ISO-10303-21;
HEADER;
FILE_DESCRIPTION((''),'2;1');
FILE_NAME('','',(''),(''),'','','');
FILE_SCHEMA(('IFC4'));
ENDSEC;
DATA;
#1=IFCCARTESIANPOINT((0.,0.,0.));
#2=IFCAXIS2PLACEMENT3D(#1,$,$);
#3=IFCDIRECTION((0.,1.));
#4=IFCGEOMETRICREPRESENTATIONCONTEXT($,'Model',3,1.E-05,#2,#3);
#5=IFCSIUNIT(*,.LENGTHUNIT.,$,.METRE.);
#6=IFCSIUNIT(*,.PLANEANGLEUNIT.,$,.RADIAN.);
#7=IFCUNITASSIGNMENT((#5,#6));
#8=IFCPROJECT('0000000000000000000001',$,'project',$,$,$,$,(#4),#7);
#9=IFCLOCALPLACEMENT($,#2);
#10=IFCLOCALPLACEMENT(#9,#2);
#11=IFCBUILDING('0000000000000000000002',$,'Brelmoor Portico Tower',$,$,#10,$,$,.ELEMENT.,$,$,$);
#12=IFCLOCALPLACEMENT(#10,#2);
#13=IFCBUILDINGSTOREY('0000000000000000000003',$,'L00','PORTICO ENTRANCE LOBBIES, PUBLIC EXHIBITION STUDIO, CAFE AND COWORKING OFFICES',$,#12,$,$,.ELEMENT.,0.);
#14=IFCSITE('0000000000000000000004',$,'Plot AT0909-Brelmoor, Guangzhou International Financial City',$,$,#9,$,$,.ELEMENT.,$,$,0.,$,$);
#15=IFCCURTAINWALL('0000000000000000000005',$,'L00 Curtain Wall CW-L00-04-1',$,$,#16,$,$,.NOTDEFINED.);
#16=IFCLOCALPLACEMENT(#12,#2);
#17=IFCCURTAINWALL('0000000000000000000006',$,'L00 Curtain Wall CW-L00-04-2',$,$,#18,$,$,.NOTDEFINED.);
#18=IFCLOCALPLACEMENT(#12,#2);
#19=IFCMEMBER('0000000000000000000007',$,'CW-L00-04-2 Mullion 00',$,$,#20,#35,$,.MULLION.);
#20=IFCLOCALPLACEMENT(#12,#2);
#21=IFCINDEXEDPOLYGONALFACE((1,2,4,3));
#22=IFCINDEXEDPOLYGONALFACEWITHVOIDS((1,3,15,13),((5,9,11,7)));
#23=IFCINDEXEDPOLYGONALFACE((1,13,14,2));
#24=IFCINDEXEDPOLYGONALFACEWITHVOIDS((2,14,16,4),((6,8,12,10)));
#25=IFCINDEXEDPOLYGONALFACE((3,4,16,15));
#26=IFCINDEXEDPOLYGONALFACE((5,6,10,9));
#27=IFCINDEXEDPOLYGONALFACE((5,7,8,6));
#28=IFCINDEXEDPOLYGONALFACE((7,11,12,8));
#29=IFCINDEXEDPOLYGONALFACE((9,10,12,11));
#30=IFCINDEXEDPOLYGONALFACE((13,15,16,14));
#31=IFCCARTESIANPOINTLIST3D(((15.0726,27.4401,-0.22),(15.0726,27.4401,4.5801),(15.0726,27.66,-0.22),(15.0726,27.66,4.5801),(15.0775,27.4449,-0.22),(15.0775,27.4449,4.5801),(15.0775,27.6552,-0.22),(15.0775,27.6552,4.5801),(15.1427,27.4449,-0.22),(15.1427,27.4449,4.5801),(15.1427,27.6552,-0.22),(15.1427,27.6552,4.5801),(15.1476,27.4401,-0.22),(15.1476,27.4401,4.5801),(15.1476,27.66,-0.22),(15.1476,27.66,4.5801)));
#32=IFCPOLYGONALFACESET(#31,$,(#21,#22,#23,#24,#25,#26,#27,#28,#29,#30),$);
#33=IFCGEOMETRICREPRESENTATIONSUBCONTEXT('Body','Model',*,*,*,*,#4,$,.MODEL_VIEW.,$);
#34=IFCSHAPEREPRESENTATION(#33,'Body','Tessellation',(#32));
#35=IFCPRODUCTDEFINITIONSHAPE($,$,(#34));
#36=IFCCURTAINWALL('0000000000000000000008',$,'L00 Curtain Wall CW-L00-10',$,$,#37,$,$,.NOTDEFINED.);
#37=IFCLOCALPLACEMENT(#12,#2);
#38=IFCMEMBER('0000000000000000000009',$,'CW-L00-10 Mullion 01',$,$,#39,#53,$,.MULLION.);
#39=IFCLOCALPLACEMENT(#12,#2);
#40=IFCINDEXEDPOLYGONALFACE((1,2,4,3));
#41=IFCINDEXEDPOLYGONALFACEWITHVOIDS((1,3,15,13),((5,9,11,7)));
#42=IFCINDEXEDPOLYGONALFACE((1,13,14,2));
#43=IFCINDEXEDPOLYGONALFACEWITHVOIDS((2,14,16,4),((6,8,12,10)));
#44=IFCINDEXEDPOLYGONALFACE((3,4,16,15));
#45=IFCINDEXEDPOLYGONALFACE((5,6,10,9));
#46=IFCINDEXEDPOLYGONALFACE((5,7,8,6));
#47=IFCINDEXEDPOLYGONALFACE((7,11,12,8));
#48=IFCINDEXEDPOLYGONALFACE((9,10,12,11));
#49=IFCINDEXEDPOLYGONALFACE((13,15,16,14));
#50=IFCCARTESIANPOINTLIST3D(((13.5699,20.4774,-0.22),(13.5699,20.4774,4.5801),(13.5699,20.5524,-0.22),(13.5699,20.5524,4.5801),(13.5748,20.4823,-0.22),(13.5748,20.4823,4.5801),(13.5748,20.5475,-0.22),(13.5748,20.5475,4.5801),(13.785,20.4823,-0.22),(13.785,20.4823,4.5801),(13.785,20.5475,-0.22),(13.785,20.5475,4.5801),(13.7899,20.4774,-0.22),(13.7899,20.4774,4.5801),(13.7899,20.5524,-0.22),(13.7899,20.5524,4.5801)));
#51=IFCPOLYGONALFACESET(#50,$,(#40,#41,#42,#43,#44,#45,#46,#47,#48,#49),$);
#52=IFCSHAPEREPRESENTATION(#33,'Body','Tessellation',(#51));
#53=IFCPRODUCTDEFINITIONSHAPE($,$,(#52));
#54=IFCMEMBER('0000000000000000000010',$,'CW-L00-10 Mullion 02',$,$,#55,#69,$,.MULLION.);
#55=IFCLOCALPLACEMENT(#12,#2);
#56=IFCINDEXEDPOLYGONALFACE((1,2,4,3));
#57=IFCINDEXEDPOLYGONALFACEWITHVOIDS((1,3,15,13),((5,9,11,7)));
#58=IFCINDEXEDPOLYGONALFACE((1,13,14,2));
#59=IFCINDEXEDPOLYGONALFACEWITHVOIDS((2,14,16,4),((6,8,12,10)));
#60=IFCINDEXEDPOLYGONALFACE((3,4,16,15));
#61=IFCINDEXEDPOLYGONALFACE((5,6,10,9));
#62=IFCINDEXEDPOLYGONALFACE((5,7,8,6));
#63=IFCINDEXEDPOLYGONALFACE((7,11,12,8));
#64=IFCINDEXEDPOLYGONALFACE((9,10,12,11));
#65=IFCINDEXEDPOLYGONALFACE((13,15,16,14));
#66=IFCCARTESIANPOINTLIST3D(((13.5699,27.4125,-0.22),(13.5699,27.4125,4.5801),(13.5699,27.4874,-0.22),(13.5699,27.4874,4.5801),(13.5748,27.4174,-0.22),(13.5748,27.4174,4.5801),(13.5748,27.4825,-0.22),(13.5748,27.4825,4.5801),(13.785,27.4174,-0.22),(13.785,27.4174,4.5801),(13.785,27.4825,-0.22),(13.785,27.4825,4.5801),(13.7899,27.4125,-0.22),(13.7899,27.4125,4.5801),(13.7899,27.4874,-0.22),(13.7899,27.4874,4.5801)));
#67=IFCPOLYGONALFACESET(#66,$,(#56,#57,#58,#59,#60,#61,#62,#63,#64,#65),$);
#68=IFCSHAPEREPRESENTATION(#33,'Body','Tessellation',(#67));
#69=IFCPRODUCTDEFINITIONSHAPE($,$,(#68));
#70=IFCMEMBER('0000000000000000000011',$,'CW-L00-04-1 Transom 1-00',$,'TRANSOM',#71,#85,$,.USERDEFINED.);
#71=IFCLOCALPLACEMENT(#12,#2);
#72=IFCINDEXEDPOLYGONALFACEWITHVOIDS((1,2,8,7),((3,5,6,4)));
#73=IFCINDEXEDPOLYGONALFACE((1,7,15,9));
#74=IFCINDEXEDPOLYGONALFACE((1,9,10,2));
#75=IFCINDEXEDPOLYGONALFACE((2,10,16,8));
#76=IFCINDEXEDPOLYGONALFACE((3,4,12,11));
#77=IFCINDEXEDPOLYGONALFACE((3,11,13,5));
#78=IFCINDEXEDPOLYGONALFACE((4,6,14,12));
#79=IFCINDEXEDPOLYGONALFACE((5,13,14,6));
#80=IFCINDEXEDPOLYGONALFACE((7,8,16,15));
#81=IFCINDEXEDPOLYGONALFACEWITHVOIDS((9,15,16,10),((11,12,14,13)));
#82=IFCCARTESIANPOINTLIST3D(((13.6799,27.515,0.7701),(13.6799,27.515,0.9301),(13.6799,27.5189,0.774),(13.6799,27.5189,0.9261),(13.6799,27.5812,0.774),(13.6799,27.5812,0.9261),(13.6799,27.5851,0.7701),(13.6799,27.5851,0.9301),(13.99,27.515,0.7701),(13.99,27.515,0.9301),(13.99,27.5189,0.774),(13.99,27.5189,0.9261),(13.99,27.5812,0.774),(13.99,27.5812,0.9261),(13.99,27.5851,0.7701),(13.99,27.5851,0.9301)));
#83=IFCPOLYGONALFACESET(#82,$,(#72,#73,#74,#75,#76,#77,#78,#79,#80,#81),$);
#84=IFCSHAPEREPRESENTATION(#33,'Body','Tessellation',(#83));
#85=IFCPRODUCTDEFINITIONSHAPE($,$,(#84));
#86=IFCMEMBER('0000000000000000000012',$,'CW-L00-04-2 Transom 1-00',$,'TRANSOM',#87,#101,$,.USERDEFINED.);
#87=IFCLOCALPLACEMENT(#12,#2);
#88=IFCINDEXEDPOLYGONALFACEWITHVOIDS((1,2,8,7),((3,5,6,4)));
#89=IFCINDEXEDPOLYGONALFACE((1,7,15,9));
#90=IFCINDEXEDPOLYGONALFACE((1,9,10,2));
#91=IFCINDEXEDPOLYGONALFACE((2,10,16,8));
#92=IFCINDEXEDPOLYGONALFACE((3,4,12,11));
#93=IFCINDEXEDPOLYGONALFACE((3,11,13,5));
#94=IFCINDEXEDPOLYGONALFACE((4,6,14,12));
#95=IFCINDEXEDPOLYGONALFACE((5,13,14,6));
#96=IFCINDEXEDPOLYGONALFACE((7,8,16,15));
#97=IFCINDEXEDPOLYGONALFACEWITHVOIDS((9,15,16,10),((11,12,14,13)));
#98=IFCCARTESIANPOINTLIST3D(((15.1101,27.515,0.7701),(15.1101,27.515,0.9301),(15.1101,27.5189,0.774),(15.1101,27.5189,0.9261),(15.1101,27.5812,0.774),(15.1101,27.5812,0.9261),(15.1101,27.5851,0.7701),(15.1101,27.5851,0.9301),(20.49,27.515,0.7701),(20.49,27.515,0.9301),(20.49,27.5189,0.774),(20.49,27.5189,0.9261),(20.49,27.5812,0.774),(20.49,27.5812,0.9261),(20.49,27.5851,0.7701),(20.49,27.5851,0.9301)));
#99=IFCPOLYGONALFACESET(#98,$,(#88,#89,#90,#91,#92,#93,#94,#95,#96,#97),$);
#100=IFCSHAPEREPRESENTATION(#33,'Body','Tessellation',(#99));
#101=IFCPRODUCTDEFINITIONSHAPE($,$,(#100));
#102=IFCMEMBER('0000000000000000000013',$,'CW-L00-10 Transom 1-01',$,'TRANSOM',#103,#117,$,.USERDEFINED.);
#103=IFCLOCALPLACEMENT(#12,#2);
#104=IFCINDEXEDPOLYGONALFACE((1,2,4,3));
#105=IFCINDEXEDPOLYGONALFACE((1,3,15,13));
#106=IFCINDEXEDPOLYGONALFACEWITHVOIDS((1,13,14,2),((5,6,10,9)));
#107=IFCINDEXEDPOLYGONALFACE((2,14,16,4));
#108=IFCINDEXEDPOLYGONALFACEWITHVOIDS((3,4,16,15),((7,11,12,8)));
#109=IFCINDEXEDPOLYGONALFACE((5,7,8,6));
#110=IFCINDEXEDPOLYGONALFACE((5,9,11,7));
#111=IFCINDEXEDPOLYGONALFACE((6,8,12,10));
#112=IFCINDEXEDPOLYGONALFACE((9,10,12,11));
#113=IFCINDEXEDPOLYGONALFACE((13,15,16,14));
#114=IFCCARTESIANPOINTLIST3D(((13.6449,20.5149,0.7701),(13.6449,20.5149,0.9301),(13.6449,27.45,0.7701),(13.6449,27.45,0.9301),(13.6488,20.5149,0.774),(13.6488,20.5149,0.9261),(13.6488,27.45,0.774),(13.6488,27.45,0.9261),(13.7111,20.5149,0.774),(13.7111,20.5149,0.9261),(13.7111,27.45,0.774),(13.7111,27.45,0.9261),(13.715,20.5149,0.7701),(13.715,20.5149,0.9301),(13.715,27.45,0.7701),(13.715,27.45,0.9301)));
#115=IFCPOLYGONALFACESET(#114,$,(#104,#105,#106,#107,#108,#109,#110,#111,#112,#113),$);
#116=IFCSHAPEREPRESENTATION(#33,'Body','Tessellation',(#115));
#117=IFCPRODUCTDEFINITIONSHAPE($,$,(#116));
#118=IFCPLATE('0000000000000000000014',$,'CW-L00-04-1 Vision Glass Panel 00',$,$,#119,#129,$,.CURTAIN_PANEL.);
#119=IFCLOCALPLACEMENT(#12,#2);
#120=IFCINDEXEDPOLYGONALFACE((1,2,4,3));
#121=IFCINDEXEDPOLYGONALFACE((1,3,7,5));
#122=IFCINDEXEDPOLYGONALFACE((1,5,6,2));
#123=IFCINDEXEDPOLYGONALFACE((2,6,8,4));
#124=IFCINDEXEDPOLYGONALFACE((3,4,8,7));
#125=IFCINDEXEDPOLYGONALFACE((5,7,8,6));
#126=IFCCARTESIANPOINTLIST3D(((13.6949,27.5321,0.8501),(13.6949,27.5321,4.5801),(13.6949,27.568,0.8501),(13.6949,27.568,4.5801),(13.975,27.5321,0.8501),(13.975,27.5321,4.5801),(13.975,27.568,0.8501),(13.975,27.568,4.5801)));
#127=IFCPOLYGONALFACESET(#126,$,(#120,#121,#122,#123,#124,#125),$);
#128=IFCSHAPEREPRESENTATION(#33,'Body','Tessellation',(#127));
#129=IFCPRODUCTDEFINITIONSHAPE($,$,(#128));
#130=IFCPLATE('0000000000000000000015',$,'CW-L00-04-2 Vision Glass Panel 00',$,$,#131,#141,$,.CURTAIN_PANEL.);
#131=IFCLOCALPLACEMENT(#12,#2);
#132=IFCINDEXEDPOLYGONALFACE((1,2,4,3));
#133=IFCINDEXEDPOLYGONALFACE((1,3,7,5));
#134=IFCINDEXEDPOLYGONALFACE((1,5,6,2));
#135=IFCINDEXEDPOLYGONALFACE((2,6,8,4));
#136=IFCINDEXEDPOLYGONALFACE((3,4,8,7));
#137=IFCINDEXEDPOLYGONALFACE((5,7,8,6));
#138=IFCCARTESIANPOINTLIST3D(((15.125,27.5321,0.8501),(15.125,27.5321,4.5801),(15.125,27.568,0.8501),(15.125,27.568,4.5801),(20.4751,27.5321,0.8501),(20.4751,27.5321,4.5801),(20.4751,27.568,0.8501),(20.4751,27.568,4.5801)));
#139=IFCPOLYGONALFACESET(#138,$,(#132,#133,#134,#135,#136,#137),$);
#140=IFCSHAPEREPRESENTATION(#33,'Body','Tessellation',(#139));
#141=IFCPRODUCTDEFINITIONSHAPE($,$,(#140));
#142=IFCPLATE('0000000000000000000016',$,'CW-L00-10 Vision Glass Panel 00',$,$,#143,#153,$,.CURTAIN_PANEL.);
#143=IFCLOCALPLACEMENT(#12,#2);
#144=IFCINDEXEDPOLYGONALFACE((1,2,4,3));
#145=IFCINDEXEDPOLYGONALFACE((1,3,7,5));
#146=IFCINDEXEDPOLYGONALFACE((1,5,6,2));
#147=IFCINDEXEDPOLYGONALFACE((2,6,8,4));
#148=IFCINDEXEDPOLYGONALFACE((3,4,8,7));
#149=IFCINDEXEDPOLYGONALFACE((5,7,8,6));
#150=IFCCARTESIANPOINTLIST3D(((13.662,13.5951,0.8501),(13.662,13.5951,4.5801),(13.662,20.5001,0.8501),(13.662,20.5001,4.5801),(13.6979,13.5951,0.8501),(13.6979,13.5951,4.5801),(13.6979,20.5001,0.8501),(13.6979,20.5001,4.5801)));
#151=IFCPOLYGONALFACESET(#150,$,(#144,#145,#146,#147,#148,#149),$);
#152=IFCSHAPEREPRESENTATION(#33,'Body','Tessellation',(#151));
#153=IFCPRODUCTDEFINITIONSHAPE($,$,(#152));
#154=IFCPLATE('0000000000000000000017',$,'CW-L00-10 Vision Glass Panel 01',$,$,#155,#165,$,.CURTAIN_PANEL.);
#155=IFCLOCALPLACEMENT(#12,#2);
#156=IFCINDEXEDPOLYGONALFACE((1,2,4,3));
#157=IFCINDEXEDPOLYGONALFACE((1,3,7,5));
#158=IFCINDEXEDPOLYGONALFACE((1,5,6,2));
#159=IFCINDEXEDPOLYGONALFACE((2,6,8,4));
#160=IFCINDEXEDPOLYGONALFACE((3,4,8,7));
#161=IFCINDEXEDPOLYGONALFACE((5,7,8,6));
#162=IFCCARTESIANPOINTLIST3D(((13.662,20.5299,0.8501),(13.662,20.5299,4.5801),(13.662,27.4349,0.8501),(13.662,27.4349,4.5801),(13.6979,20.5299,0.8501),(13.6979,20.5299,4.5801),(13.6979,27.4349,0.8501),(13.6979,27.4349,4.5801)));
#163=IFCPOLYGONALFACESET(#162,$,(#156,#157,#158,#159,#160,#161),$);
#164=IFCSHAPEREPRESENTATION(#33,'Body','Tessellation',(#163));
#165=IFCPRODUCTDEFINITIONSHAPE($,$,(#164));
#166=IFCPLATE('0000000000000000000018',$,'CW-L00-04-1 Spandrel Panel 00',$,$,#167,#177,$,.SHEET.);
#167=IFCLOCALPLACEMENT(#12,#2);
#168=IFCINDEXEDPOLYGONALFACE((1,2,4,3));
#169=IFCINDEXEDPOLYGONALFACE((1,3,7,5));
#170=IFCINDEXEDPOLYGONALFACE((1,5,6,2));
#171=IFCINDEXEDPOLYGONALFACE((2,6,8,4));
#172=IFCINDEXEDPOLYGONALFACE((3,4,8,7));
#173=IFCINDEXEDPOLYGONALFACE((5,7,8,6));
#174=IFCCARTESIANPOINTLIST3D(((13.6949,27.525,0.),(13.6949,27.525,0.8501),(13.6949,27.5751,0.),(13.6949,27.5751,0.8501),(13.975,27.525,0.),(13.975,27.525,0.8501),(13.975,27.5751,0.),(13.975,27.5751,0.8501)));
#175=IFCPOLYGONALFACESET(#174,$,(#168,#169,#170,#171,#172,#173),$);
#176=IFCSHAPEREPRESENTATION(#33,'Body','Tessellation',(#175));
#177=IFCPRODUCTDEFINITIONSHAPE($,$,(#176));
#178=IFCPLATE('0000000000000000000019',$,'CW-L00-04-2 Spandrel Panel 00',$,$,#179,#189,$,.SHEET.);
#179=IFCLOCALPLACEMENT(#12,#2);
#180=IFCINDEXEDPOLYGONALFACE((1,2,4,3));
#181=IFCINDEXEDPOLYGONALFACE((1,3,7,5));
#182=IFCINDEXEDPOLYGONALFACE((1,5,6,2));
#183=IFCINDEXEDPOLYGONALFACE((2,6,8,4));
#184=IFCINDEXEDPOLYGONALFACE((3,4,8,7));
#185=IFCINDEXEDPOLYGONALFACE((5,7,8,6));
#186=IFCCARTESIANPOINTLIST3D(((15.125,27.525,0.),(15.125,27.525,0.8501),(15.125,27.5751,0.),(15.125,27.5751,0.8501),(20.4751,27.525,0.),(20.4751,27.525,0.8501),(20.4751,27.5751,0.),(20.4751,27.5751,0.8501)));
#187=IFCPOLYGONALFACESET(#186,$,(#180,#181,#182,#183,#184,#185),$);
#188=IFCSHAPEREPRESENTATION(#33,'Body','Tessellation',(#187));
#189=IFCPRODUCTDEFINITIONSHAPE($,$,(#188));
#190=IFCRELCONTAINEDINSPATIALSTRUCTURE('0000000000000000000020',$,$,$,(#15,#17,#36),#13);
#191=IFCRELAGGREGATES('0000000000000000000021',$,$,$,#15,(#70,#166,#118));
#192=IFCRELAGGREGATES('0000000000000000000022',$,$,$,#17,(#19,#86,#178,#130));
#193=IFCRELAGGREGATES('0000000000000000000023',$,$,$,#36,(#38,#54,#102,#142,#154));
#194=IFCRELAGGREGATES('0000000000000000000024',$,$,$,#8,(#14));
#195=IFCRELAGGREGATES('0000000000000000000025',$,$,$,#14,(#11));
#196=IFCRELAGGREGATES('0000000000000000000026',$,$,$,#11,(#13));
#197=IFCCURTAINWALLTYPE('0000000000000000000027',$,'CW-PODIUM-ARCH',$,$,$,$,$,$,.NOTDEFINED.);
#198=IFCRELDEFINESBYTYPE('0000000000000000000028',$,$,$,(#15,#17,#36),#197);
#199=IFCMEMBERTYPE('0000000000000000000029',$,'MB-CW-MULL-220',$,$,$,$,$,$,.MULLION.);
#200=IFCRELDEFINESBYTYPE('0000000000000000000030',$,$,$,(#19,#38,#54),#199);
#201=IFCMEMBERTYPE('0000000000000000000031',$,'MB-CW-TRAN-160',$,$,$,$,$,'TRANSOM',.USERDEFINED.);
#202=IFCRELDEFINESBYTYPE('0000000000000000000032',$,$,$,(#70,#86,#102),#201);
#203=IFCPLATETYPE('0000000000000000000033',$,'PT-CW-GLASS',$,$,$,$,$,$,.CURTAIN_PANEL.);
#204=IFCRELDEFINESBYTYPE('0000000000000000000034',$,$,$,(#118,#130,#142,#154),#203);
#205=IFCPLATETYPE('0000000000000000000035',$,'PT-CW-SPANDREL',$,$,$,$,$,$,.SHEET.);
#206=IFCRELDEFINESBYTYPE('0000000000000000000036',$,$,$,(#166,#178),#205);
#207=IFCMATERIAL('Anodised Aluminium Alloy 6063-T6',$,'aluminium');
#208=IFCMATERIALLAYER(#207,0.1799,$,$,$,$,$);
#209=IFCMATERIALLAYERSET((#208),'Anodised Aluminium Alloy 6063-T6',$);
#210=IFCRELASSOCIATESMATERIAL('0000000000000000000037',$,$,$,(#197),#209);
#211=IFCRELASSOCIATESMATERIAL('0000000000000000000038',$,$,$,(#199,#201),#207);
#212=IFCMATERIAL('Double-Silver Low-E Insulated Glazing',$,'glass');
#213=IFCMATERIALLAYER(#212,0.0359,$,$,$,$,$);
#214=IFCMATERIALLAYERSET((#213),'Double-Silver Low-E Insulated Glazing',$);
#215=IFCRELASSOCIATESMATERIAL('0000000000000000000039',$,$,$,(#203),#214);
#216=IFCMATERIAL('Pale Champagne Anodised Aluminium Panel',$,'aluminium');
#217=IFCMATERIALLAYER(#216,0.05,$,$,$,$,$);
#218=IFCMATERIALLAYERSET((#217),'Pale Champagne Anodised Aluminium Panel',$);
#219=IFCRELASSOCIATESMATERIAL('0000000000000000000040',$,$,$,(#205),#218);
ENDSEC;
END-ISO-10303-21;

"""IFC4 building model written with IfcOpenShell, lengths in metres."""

from ifc_helpers import new_model, si_unit, direction, frame, origin, origin_2d, place, context, subcontext, project, spatial, rectangle, hollow_rectangle, extrude, material, layer, layer_set, material_profile, profile_set, type_object, element, aggregate, save


model = new_model("IFC4")

# Units and contexts
model_context = context("Model", 3, precision=1e-05, world=origin(), true_north=direction((0.0, 1.0)))
body_context = subcontext(model_context, "Body", "Model", "MODEL_VIEW")
ifc_project = project(units=[si_unit("LENGTHUNIT", "METRE"), si_unit("PLANEANGLEUNIT", "RADIAN")], contexts=[model_context])

# Site, building, storey
site_placement = place(None, origin())
site = spatial("IfcSite", under=ifc_project, at=site_placement, Name="Plot AT0909-Brelmoor, Guangzhou International Financial City", CompositionType="ELEMENT", RefElevation=0.0)
building_placement = place(site_placement, origin())
building = spatial("IfcBuilding", under=site, at=building_placement, Name="Brelmoor Portico Tower", CompositionType="ELEMENT")
storey_placement = place(building_placement, origin())
storey = spatial("IfcBuildingStorey", under=building, at=storey_placement, Name="L00", Description="PORTICO ENTRANCE LOBBIES, PUBLIC EXHIBITION STUDIO, CAFE AND COWORKING OFFICES", CompositionType="ELEMENT", Elevation=0.0)

# Curtain wall
ifc_material_1 = material(Name="Anodised Aluminium Alloy 6063-T6", Category="aluminium")
ifc_layer_1 = layer(ifc_material_1, 0.1799)
ifc_layer_set_1 = layer_set([ifc_layer_1], Name="Anodised Aluminium Alloy 6063-T6")
curtain_wall_type = type_object("IfcCurtainWallType", Name="CW-PODIUM-ARCH", PredefinedType="NOTDEFINED", material=ifc_layer_set_1)
curtain_wall_1_placement = place(storey_placement, origin())
curtain_wall_1 = element("IfcCurtainWall", 1, at=curtain_wall_1_placement, inside=storey, type_object=curtain_wall_type, Name="L00 Curtain Wall CW-L00-04-1", PredefinedType="NOTDEFINED")
ifc_material_profile_1 = material_profile(ifc_material_1, hollow_rectangle(XDim=0.075, YDim=0.22, WallThickness=0.0049, at=origin_2d()), Name="ALU MULLION 75x220")
ifc_profile_set_1 = profile_set([ifc_material_profile_1], Name="Anodised Aluminium Alloy 6063-T6")
member_type_1 = type_object("IfcMemberType", Name="MB-CW-MULL-220", PredefinedType="MULLION", material=ifc_profile_set_1)

# Curtain wall, member
curtain_wall_2_placement = place(storey_placement, origin())
curtain_wall_2 = element("IfcCurtainWall", 2, at=curtain_wall_2_placement, inside=storey, type_object=curtain_wall_type, Name="L00 Curtain Wall CW-L00-04-2", PredefinedType="NOTDEFINED")
member_1_placement = place(storey_placement, frame((15.1101, 27.55, -0.22), z_axis=(0.0, 0.0, 1.0), x_axis=(1.0, 0.0, 0.0)))
member_1 = element("IfcMember", 3, at=member_1_placement, type_object=member_type_1, Name="CW-L00-04-2 Mullion 00", PredefinedType="MULLION", context=body_context, shape_type="SweptSolid", body=[
    extrude(hollow_rectangle(XDim=0.075, YDim=0.22, WallThickness=0.0049, at=origin_2d()), origin(), (0.0, 0.0, 1.0), 4.8),
])

# Curtain wall, members
curtain_wall_3_placement = place(storey_placement, origin())
curtain_wall_3 = element("IfcCurtainWall", 4, at=curtain_wall_3_placement, inside=storey, type_object=curtain_wall_type, Name="L00 Curtain Wall CW-L00-10", PredefinedType="NOTDEFINED")
member_2_placement = place(storey_placement, frame((13.6799, 20.5149, -0.22), z_axis=(0.0, 0.0, 1.0), x_axis=(0.0, 1.0, 0.0)))
member_2 = element("IfcMember", 5, at=member_2_placement, type_object=member_type_1, Name="CW-L00-10 Mullion 01", PredefinedType="MULLION", context=body_context, shape_type="SweptSolid", body=[
    extrude(hollow_rectangle(XDim=0.075, YDim=0.22, WallThickness=0.0049, at=origin_2d()), origin(), (0.0, 0.0, 1.0), 4.8),
])
member_3_placement = place(storey_placement, frame((13.6799, 27.45, -0.22), z_axis=(0.0, 0.0, 1.0), x_axis=(0.0, 1.0, 0.0)))
member_3 = element("IfcMember", 6, at=member_3_placement, type_object=member_type_1, Name="CW-L00-10 Mullion 02", PredefinedType="MULLION", context=body_context, shape_type="SweptSolid", body=[
    extrude(hollow_rectangle(XDim=0.075, YDim=0.22, WallThickness=0.0049, at=origin_2d()), origin(), (0.0, 0.0, 1.0), 4.8),
])

# Members
ifc_material_profile_2 = material_profile(ifc_material_1, hollow_rectangle(XDim=0.0701, YDim=0.1599, WallThickness=0.0039, at=origin_2d()), Name="ALU TRANSOM 70x160")
ifc_profile_set_2 = profile_set([ifc_material_profile_2], Name="Anodised Aluminium Alloy 6063-T6")
member_type_2 = type_object("IfcMemberType", Name="MB-CW-TRAN-160", ElementType="TRANSOM", PredefinedType="USERDEFINED", material=ifc_profile_set_2)
member_4_placement = place(storey_placement, frame((13.6799, 27.55, 0.8501), z_axis=(1.0, 0.0, 0.0), x_axis=(0.0, 1.0, 0.0)))
member_4 = element("IfcMember", 7, at=member_4_placement, type_object=member_type_2, Name="CW-L00-04-1 Transom 1-00", ObjectType="TRANSOM", PredefinedType="USERDEFINED", context=body_context, shape_type="SweptSolid", body=[
    extrude(hollow_rectangle(XDim=0.0701, YDim=0.1599, WallThickness=0.0039, at=origin_2d()), origin(), (0.0, 0.0, 1.0), 0.3101),
])
member_5_placement = place(storey_placement, frame((15.1101, 27.55, 0.8501), z_axis=(1.0, 0.0, 0.0), x_axis=(0.0, 1.0, 0.0)))
member_5 = element("IfcMember", 8, at=member_5_placement, type_object=member_type_2, Name="CW-L00-04-2 Transom 1-00", ObjectType="TRANSOM", PredefinedType="USERDEFINED", context=body_context, shape_type="SweptSolid", body=[
    extrude(hollow_rectangle(XDim=0.0701, YDim=0.1599, WallThickness=0.0039, at=origin_2d()), origin(), (0.0, 0.0, 1.0), 5.3799),
])
member_6_placement = place(storey_placement, frame((13.6799, 20.5149, 0.8501), z_axis=(0.0, 1.0, 0.0), x_axis=(-1.0, 0.0, 0.0)))
member_6 = element("IfcMember", 9, at=member_6_placement, type_object=member_type_2, Name="CW-L00-10 Transom 1-01", ObjectType="TRANSOM", PredefinedType="USERDEFINED", context=body_context, shape_type="SweptSolid", body=[
    extrude(hollow_rectangle(XDim=0.0701, YDim=0.1599, WallThickness=0.0039, at=origin_2d()), origin(), (0.0, 0.0, 1.0), 6.9351),
])

# Plates
ifc_material_2 = material(Name="Double-Silver Low-E Insulated Glazing", Category="glass")
ifc_layer_2 = layer(ifc_material_2, 0.0359)
ifc_layer_set_2 = layer_set([ifc_layer_2], Name="Double-Silver Low-E Insulated Glazing")
plate_type_1 = type_object("IfcPlateType", Name="PT-CW-GLASS", PredefinedType="CURTAIN_PANEL", material=ifc_layer_set_2)
plate_1_placement = place(storey_placement, frame((13.835, 27.55, 0.8501), z_axis=(0.0, 0.0, 1.0), x_axis=(1.0, 0.0, 0.0)))
plate_1 = element("IfcPlate", 10, at=plate_1_placement, type_object=plate_type_1, Name="CW-L00-04-1 Vision Glass Panel 00", PredefinedType="CURTAIN_PANEL", context=body_context, shape_type="SweptSolid", body=[
    extrude(rectangle(XDim=0.28, YDim=0.0359, at=origin_2d()), origin(), (0.0, 0.0, 1.0), 3.73),
])
plate_2_placement = place(storey_placement, frame((17.8, 27.55, 0.8501), z_axis=(0.0, 0.0, 1.0), x_axis=(1.0, 0.0, 0.0)))
plate_2 = element("IfcPlate", 11, at=plate_2_placement, type_object=plate_type_1, Name="CW-L00-04-2 Vision Glass Panel 00", PredefinedType="CURTAIN_PANEL", context=body_context, shape_type="SweptSolid", body=[
    extrude(rectangle(XDim=5.3501, YDim=0.0359, at=origin_2d()), origin(), (0.0, 0.0, 1.0), 3.73),
])
plate_3_placement = place(storey_placement, frame((13.6799, 17.0476, 0.8501), z_axis=(0.0, 0.0, 1.0), x_axis=(0.0, 1.0, 0.0)))
plate_3 = element("IfcPlate", 12, at=plate_3_placement, type_object=plate_type_1, Name="CW-L00-10 Vision Glass Panel 00", PredefinedType="CURTAIN_PANEL", context=body_context, shape_type="SweptSolid", body=[
    extrude(rectangle(XDim=6.905, YDim=0.0359, at=origin_2d()), origin(), (0.0, 0.0, 1.0), 3.73),
])
plate_4_placement = place(storey_placement, frame((13.6799, 23.9824, 0.8501), z_axis=(0.0, 0.0, 1.0), x_axis=(0.0, 1.0, 0.0)))
plate_4 = element("IfcPlate", 13, at=plate_4_placement, type_object=plate_type_1, Name="CW-L00-10 Vision Glass Panel 01", PredefinedType="CURTAIN_PANEL", context=body_context, shape_type="SweptSolid", body=[
    extrude(rectangle(XDim=6.905, YDim=0.0359, at=origin_2d()), origin(), (0.0, 0.0, 1.0), 3.73),
])
ifc_material_3 = material(Name="Pale Champagne Anodised Aluminium Panel", Category="aluminium")
ifc_layer_3 = layer(ifc_material_3, 0.05)
ifc_layer_set_3 = layer_set([ifc_layer_3], Name="Pale Champagne Anodised Aluminium Panel")
plate_type_2 = type_object("IfcPlateType", Name="PT-CW-SPANDREL", PredefinedType="SHEET", material=ifc_layer_set_3)
plate_5_placement = place(storey_placement, frame((13.835, 27.55, 0.0), z_axis=(0.0, 0.0, 1.0), x_axis=(1.0, 0.0, 0.0)))
plate_5 = element("IfcPlate", 14, at=plate_5_placement, type_object=plate_type_2, Name="CW-L00-04-1 Spandrel Panel 00", PredefinedType="SHEET", context=body_context, shape_type="SweptSolid", body=[
    extrude(rectangle(XDim=0.28, YDim=0.05, at=origin_2d()), origin(), (0.0, 0.0, 1.0), 0.8501),
])
aggregate(curtain_wall_1, [member_4, plate_5, plate_1])
plate_6_placement = place(storey_placement, frame((17.8, 27.55, 0.0), z_axis=(0.0, 0.0, 1.0), x_axis=(1.0, 0.0, 0.0)))
plate_6 = element("IfcPlate", 15, at=plate_6_placement, type_object=plate_type_2, Name="CW-L00-04-2 Spandrel Panel 00", PredefinedType="SHEET", context=body_context, shape_type="SweptSolid", body=[
    extrude(rectangle(XDim=5.3501, YDim=0.05, at=origin_2d()), origin(), (0.0, 0.0, 1.0), 0.8501),
])
aggregate(curtain_wall_2, [member_1, member_5, plate_6, plate_2])
aggregate(curtain_wall_3, [member_2, member_3, member_6, plate_3, plate_4])

save(model, "model.ifc")
